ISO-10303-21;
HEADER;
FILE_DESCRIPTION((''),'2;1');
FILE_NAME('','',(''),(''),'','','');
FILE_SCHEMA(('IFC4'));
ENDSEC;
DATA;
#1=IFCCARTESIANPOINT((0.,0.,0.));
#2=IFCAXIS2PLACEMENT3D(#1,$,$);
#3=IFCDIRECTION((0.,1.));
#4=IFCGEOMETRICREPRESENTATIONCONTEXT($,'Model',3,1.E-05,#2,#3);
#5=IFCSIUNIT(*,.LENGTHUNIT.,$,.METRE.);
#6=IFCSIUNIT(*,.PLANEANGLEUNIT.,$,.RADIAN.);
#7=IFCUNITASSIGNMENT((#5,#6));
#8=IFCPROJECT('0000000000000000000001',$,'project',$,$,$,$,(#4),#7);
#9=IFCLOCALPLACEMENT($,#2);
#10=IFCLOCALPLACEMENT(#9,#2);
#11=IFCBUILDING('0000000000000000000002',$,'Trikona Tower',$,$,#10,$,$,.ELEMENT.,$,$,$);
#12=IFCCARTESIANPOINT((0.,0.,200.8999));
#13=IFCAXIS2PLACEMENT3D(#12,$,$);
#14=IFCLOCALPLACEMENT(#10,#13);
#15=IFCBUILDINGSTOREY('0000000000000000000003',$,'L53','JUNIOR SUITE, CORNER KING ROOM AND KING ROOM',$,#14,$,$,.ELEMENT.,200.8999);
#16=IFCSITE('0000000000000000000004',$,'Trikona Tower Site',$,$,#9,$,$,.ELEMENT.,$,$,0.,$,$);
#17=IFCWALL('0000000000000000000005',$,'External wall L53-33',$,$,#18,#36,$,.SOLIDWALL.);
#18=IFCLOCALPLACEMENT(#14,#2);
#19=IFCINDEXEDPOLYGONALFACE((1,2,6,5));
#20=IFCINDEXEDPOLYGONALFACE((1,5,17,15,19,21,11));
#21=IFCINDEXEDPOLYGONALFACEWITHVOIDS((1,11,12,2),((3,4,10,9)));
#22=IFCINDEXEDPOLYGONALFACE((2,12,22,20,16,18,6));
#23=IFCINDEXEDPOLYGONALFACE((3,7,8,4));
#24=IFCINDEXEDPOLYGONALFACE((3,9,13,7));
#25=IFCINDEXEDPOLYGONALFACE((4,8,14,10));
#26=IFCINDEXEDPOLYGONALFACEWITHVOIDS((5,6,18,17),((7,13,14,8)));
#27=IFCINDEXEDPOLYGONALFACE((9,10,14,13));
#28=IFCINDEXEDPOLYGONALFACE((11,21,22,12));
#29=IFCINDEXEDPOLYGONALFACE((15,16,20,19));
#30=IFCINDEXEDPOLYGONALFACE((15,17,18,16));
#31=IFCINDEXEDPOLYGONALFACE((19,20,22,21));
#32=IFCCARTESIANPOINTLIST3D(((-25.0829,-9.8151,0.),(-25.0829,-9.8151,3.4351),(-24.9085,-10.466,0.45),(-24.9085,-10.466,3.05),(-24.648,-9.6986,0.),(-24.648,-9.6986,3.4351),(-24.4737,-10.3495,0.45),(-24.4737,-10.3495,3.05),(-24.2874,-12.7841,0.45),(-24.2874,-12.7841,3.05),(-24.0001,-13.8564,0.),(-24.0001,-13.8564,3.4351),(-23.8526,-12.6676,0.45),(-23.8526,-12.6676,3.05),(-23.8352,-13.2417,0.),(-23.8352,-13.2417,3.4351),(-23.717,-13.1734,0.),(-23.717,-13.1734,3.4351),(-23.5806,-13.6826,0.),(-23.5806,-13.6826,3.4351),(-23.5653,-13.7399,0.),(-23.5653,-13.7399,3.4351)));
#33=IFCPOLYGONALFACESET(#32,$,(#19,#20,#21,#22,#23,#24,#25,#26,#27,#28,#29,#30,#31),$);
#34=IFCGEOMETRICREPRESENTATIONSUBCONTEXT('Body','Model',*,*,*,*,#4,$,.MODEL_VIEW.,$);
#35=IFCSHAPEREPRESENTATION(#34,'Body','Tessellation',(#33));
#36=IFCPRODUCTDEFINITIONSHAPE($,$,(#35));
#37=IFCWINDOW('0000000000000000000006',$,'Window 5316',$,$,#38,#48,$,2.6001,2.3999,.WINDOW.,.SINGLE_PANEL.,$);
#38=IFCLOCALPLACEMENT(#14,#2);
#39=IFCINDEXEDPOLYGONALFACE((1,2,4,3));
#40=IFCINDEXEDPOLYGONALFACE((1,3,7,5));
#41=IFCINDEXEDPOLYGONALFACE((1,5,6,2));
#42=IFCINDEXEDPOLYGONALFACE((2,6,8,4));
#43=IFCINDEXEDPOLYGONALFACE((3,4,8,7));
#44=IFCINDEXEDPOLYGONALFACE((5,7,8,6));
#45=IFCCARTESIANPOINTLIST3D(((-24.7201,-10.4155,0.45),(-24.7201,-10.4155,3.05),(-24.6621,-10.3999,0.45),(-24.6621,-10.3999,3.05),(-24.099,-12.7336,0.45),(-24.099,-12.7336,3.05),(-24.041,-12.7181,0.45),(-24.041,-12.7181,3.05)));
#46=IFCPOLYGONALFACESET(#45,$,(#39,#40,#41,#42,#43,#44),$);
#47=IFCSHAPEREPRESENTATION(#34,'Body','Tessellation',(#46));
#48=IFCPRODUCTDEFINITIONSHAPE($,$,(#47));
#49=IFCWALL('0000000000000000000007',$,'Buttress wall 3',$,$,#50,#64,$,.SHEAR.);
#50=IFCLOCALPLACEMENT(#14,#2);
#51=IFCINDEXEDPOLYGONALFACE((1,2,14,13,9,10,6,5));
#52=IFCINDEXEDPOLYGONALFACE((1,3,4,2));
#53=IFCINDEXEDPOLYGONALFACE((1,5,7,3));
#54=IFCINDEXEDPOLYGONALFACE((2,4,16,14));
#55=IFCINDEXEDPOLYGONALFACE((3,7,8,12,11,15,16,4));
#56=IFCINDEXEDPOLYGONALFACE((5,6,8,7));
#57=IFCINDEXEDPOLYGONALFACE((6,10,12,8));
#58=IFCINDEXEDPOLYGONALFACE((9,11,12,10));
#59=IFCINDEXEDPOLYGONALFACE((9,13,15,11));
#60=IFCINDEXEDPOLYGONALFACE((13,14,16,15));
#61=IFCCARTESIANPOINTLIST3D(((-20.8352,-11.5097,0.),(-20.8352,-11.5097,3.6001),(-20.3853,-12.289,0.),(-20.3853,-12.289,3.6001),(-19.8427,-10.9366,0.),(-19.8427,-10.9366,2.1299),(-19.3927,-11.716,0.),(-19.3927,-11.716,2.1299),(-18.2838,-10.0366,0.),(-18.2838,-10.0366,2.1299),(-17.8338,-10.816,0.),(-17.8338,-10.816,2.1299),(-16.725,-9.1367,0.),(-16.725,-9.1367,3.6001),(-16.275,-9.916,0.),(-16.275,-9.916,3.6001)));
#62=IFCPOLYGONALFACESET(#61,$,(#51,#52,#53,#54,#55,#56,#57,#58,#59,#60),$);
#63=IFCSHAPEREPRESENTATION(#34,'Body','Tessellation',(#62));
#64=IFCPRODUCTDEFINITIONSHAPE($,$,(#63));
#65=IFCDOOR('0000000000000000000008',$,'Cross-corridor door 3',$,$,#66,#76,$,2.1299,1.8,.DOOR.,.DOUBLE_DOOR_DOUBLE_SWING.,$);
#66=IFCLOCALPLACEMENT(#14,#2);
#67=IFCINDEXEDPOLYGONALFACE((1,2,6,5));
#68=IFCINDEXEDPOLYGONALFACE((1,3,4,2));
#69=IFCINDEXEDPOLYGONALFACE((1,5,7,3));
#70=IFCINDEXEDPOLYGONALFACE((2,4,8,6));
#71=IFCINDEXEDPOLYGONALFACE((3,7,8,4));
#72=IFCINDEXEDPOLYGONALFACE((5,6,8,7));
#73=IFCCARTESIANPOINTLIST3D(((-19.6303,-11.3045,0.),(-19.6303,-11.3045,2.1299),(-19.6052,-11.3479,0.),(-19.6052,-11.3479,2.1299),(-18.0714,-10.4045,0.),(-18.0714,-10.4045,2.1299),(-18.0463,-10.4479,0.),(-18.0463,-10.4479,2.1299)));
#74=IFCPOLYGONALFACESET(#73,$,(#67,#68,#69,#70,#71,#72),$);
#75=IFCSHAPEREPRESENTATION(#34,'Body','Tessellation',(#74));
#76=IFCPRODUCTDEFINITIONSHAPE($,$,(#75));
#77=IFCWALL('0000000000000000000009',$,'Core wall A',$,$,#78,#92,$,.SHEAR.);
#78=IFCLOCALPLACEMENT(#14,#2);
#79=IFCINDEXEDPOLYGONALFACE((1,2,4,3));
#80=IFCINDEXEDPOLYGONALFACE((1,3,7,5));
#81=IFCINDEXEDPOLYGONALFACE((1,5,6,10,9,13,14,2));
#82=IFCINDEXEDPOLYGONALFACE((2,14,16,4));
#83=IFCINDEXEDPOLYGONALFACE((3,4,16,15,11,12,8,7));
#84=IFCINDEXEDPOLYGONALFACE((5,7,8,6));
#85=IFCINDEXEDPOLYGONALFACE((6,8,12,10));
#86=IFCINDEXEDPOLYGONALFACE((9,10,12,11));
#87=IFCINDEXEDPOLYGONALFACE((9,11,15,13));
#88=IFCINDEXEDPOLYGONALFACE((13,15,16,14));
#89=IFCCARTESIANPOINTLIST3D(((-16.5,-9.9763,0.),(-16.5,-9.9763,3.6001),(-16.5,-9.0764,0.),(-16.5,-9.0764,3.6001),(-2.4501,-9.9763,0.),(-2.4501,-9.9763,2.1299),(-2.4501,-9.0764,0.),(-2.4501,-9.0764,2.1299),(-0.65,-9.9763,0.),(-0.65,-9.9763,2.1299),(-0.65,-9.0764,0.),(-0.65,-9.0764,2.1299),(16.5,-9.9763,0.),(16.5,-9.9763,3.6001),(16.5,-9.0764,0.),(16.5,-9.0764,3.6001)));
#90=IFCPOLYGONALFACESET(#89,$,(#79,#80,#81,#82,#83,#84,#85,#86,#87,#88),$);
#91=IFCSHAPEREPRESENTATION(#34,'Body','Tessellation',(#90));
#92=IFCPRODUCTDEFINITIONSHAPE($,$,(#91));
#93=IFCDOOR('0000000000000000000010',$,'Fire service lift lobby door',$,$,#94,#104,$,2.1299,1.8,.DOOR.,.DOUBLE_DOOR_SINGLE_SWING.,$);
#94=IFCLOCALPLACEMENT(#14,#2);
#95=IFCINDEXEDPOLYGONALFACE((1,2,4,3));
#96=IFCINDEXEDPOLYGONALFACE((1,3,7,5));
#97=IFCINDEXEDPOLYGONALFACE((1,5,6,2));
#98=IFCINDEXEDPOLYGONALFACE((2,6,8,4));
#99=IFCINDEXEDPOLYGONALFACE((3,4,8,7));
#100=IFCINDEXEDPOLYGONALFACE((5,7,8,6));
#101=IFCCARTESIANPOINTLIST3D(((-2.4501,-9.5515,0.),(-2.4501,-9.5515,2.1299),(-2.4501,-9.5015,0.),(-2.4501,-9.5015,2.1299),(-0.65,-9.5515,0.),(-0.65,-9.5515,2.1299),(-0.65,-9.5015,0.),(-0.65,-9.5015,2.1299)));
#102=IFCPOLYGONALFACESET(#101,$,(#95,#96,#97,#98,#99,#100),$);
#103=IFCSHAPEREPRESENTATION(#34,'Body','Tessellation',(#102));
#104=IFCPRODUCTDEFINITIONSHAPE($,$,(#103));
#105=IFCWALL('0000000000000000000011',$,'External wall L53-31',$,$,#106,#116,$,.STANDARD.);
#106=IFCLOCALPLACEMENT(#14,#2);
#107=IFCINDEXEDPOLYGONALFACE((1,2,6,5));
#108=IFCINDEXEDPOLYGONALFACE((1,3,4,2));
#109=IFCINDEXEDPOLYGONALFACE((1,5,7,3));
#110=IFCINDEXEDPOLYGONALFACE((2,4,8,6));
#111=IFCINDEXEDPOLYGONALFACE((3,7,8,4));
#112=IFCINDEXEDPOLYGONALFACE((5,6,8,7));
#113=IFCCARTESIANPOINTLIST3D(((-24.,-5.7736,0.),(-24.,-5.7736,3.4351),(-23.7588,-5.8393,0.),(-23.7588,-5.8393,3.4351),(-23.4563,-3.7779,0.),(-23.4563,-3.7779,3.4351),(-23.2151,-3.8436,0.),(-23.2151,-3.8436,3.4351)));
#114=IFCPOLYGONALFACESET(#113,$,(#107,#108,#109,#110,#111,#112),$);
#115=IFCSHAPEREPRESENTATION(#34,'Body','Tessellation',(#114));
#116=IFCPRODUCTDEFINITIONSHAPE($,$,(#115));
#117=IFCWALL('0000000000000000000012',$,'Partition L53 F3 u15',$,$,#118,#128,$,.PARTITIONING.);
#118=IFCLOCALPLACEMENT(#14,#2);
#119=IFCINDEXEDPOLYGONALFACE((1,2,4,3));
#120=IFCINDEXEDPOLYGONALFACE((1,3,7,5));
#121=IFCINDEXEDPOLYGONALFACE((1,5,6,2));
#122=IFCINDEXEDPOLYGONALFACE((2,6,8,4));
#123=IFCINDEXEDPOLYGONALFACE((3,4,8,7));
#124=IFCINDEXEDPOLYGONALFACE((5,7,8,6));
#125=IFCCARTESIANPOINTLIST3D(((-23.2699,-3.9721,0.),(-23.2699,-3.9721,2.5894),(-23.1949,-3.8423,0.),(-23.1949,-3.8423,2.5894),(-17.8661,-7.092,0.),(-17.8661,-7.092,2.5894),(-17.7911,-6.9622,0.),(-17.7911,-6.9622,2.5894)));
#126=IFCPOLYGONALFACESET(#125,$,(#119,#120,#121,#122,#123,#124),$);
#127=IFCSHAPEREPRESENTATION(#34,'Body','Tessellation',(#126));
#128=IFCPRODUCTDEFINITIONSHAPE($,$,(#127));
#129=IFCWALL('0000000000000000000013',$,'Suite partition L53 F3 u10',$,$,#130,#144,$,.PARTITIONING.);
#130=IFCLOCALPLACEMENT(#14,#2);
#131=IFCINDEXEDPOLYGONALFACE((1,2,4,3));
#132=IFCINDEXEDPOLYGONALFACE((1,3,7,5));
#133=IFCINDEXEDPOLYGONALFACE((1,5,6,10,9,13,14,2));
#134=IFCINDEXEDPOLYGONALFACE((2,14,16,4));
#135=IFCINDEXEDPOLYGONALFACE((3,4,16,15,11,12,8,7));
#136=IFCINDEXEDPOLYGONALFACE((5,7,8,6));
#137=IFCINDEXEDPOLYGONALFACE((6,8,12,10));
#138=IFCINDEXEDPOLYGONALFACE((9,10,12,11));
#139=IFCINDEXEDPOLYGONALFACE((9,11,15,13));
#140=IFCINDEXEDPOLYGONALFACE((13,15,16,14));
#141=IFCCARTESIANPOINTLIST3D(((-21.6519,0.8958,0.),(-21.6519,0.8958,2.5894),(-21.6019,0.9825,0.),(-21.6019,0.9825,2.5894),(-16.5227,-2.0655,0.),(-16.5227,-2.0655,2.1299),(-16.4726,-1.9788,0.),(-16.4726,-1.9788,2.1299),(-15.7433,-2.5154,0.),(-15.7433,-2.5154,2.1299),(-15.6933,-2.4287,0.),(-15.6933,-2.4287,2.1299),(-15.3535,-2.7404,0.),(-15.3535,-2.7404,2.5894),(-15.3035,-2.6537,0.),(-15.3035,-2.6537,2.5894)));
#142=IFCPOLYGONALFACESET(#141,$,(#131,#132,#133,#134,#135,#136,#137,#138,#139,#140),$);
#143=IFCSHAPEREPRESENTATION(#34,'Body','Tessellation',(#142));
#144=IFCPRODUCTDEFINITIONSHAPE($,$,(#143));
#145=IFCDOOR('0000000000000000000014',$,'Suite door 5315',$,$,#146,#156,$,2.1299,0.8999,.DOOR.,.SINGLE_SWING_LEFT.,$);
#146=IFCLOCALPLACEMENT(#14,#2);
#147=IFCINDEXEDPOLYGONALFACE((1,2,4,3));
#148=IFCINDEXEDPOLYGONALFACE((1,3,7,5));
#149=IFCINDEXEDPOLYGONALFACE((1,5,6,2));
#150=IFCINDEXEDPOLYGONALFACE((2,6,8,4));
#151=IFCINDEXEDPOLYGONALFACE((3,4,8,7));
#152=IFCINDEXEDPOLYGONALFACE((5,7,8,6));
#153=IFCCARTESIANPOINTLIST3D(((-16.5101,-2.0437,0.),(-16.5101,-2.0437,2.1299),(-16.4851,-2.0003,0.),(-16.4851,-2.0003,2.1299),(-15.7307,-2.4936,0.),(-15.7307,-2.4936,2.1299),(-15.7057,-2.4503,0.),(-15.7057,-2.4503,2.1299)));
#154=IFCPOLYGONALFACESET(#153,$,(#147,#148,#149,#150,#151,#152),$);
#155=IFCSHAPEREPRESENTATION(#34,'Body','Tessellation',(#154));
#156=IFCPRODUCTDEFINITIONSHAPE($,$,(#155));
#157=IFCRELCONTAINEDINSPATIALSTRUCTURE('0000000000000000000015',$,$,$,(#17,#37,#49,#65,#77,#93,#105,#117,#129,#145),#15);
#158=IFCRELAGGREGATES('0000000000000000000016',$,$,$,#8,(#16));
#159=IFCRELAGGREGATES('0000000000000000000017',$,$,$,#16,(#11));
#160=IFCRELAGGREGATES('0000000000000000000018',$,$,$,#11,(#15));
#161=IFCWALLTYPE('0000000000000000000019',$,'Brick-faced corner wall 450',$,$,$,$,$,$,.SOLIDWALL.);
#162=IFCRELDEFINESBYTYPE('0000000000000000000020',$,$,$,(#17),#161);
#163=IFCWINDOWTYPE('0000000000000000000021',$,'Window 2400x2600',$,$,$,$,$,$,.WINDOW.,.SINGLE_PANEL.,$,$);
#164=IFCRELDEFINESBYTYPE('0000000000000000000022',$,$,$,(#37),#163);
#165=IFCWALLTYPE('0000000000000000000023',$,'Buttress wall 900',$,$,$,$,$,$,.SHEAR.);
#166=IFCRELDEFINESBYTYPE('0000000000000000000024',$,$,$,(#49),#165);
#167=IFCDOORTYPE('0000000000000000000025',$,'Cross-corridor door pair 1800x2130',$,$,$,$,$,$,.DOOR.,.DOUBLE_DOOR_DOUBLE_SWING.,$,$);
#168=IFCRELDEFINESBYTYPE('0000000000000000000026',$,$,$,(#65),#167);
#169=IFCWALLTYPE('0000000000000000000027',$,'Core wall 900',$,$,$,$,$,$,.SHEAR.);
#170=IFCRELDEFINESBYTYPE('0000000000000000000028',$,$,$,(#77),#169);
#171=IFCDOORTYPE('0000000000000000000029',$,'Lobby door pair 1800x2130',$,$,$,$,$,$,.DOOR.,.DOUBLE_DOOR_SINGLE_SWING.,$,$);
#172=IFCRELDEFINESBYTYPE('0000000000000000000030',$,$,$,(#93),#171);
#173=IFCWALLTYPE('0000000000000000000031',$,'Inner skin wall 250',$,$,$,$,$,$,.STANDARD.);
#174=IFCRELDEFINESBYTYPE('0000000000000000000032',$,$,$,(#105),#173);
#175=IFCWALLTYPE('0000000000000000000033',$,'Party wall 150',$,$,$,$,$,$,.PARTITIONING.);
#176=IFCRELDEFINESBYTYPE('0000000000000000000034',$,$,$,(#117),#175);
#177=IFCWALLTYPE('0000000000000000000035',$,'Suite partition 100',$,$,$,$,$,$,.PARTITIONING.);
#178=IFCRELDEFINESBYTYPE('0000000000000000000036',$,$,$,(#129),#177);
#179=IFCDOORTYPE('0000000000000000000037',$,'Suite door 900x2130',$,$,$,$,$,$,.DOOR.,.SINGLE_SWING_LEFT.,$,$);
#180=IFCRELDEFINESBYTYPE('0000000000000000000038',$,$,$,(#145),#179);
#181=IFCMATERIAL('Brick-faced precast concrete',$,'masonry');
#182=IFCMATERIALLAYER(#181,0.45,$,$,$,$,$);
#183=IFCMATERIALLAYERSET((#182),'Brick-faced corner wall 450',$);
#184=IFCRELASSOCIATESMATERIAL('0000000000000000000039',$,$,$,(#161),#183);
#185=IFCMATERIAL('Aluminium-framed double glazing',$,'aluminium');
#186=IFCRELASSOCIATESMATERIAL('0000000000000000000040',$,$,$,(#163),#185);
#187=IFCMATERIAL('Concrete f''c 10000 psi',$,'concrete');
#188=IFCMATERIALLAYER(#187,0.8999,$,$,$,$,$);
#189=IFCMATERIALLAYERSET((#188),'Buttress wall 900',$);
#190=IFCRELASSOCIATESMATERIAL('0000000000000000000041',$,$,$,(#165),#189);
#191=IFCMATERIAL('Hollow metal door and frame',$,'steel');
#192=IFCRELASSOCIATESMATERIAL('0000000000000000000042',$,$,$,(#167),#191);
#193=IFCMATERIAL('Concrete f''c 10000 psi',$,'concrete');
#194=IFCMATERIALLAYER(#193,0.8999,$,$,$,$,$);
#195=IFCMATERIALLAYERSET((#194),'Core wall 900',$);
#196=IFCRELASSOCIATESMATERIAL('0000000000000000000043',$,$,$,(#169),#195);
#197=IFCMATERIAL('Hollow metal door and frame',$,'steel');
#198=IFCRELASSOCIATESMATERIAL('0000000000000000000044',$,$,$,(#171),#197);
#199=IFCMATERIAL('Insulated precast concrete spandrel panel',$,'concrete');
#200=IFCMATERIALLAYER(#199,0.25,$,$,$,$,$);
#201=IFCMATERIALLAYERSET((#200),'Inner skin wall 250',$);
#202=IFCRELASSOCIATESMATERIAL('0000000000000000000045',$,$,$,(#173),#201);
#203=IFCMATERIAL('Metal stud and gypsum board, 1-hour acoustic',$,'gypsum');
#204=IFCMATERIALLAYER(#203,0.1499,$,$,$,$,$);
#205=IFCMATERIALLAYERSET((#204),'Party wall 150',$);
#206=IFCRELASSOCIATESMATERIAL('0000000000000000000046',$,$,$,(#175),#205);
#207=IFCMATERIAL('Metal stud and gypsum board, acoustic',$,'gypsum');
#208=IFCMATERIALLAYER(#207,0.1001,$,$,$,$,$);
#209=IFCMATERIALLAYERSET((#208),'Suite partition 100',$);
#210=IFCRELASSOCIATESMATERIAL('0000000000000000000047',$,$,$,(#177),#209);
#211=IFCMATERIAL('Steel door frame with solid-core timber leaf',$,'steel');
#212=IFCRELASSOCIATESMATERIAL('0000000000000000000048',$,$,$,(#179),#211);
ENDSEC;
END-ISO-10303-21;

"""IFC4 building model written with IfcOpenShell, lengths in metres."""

from ifc_helpers import new_model, si_unit, direction, frame, frame_2d, origin, place, context, subcontext, project, spatial, polyline, rectangle, outline, extrude, material, layer, layer_set, type_object, element, fill, save


model = new_model("IFC4")

# Units and contexts
model_context = context("Model", 3, precision=1e-05, world=origin(), true_north=direction((0.0, 1.0)))
body_context = subcontext(model_context, "Body", "Model", "MODEL_VIEW")
ifc_project = project(units=[si_unit("LENGTHUNIT", "METRE"), si_unit("PLANEANGLEUNIT", "RADIAN")], contexts=[model_context])

# Site, building, storey
site_placement = place(None, origin())
site = spatial("IfcSite", under=ifc_project, at=site_placement, Name="Trikona Tower Site", CompositionType="ELEMENT", RefElevation=0.0)
building_placement = place(site_placement, origin())
building = spatial("IfcBuilding", under=site, at=building_placement, Name="Trikona Tower", CompositionType="ELEMENT")
storey_placement = place(building_placement, frame((0.0, 0.0, 200.8999)))
storey = spatial("IfcBuildingStorey", under=building, at=storey_placement, Name="L53", Description="JUNIOR SUITE, CORNER KING ROOM AND KING ROOM", CompositionType="ELEMENT", Elevation=200.8999)

# Wall, opening, window
ifc_material_1 = material(Name="Brick-faced precast concrete", Category="masonry")
ifc_layer_1 = layer(ifc_material_1, 0.45)
ifc_layer_set_1 = layer_set([ifc_layer_1], Name="Brick-faced corner wall 450")
wall_type_1 = type_object("IfcWallType", Name="Brick-faced corner wall 450", PredefinedType="SOLIDWALL", material=ifc_layer_set_1)
wall_1_placement = place(storey_placement, frame((-24.8655, -9.7568, 0.0), z_axis=(0.0, 0.0, 1.0), x_axis=(0.258799, -0.965931, 0.0)))
wall_1 = element("IfcWall", 1, at=wall_1_placement, inside=storey, type_object=wall_type_1, Name="External wall L53-33", PredefinedType="SOLIDWALL", context=body_context, shape_type="SweptSolid", body=[
    extrude(outline(polyline([(4.1838, 0.2251), (4.1245, 0.2251), (3.6328, 0.0933), (3.5974, 0.2251), (0.0, 0.2251), (0.0, -0.2251), (4.1838, -0.2251), (4.1838, 0.2251)])), origin(), (0.0, 0.0, 1.0), 3.4351),
])
opening_1_placement = place(wall_1_placement, frame((0.6738, 0.0, 0.45)))
opening_1 = element("IfcOpeningElement", 2, at=opening_1_placement, cuts=wall_1, PredefinedType="OPENING", context=body_context, shape_type="SweptSolid", body=[
    extrude(rectangle(XDim=2.3999, YDim=2.6001, at=frame_2d((1.2, 1.3))), frame((0.0, 0.2349, 0.0), z_axis=(0.0, -1.0, 0.0), x_axis=(1.0, 0.0, 0.0)), (0.0, 0.0, 1.0), 0.47),
])
ifc_material_2 = material(Name="Aluminium-framed double glazing", Category="aluminium")
window_type_1 = type_object("IfcWindowType", Name="Window 2400x2600", PartitioningType="SINGLE_PANEL", PredefinedType="WINDOW", material=ifc_material_2)
window_1_placement = place(opening_1_placement, origin())
window_1 = element("IfcWindow", 3, at=window_1_placement, inside=storey, type_object=window_type_1, Name="Window 5316", OverallHeight=2.6001, OverallWidth=2.3999, PartitioningType="SINGLE_PANEL", PredefinedType="WINDOW", context=body_context, shape_type="SweptSolid", body=[
    extrude(rectangle(XDim=2.3999, YDim=2.6001, at=frame_2d((1.2, 1.3))), frame((0.0, 0.03, 0.0), z_axis=(0.0, -1.0, 0.0), x_axis=(1.0, 0.0, 0.0)), (0.0, 0.0, 1.0), 0.0601),
])
fill(opening_1, window_1)

# Walls, openings, doors
ifc_material_3 = material(Name="Concrete f'c 10000 psi", Category="concrete")
ifc_layer_2 = layer(ifc_material_3, 0.8999)
ifc_layer_set_2 = layer_set([ifc_layer_2], Name="Buttress wall 900")
wall_type_2 = type_object("IfcWallType", Name="Buttress wall 900", PredefinedType="SHEAR", material=ifc_layer_set_2)
wall_2_placement = place(storey_placement, frame((-16.5, -9.5264, 0.0), z_axis=(0.0, 0.0, 1.0), x_axis=(-0.866031, -0.49999, 0.0)))
wall_2 = element("IfcWall", 4, at=wall_2_placement, inside=storey, type_object=wall_type_2, Name="Buttress wall 3", PredefinedType="SHEAR", context=body_context, shape_type="SweptSolid", body=[
    extrude(rectangle(XDim=4.7461, YDim=0.8999, at=frame_2d((2.373, 0.0))), origin(), (0.0, 0.0, 1.0), 3.6001),
])
opening_2_placement = place(wall_2_placement, frame((1.8, 0.0, 0.0)))
opening_2 = element("IfcOpeningElement", 5, at=opening_2_placement, cuts=wall_2, PredefinedType="OPENING", context=body_context, shape_type="SweptSolid", body=[
    extrude(rectangle(XDim=1.8, YDim=2.1299, at=frame_2d((0.8999, 1.0649))), frame((0.0, 0.46, 0.0), z_axis=(0.0, -1.0, 0.0), x_axis=(1.0, 0.0, 0.0)), (0.0, 0.0, 1.0), 0.9199),
])
ifc_material_4 = material(Name="Hollow metal door and frame", Category="steel")
door_type_1 = type_object("IfcDoorType", Name="Cross-corridor door pair 1800x2130", OperationType="DOUBLE_DOOR_DOUBLE_SWING", PredefinedType="DOOR", material=ifc_material_4)
door_1_placement = place(opening_2_placement, origin())
door_1 = element("IfcDoor", 6, at=door_1_placement, inside=storey, type_object=door_type_1, Name="Cross-corridor door 3", OperationType="DOUBLE_DOOR_DOUBLE_SWING", OverallHeight=2.1299, OverallWidth=1.8, PredefinedType="DOOR", context=body_context, shape_type="SweptSolid", body=[
    extrude(rectangle(XDim=1.8, YDim=2.1299, at=frame_2d((0.8999, 1.0649))), frame((0.0, 0.0249, 0.0), z_axis=(0.0, -1.0, 0.0), x_axis=(1.0, 0.0, 0.0)), (0.0, 0.0, 1.0), 0.05),
])
fill(opening_2, door_1)
ifc_material_5 = material(Name="Concrete f'c 10000 psi", Category="concrete")
ifc_layer_3 = layer(ifc_material_5, 0.8999)
ifc_layer_set_3 = layer_set([ifc_layer_3], Name="Core wall 900")
wall_type_3 = type_object("IfcWallType", Name="Core wall 900", PredefinedType="SHEAR", material=ifc_layer_set_3)
wall_3_placement = place(storey_placement, frame((-16.5, -9.5264, 0.0), z_axis=(0.0, 0.0, 1.0), x_axis=(1.0, 0.0, 0.0)))
wall_3 = element("IfcWall", 7, at=wall_3_placement, inside=storey, type_object=wall_type_3, Name="Core wall A", PredefinedType="SHEAR", context=body_context, shape_type="SweptSolid", body=[
    extrude(rectangle(XDim=33.0, YDim=0.8999, at=frame_2d((16.5, 0.0))), origin(), (0.0, 0.0, 1.0), 3.6001),
])
opening_3_placement = place(wall_3_placement, frame((14.05, 0.0, 0.0)))
opening_3 = element("IfcOpeningElement", 8, at=opening_3_placement, cuts=wall_3, PredefinedType="OPENING", context=body_context, shape_type="SweptSolid", body=[
    extrude(rectangle(XDim=1.8, YDim=2.1299, at=frame_2d((0.8999, 1.0649))), frame((0.0, 0.46, 0.0), z_axis=(0.0, -1.0, 0.0), x_axis=(1.0, 0.0, 0.0)), (0.0, 0.0, 1.0), 0.9199),
])
ifc_material_6 = material(Name="Hollow metal door and frame", Category="steel")
door_type_2 = type_object("IfcDoorType", Name="Lobby door pair 1800x2130", OperationType="DOUBLE_DOOR_SINGLE_SWING", PredefinedType="DOOR", material=ifc_material_6)
door_2_placement = place(opening_3_placement, origin())
door_2 = element("IfcDoor", 9, at=door_2_placement, inside=storey, type_object=door_type_2, Name="Fire service lift lobby door", OperationType="DOUBLE_DOOR_SINGLE_SWING", OverallHeight=2.1299, OverallWidth=1.8, PredefinedType="DOOR", context=body_context, shape_type="SweptSolid", body=[
    extrude(rectangle(XDim=1.8, YDim=2.1299, at=frame_2d((0.8999, 1.0649))), frame((0.0, 0.0249, 0.0), z_axis=(0.0, -1.0, 0.0), x_axis=(1.0, 0.0, 0.0)), (0.0, 0.0, 1.0), 0.05),
])
fill(opening_3, door_2)

# Walls
ifc_material_7 = material(Name="Insulated precast concrete spandrel panel", Category="concrete")
ifc_layer_4 = layer(ifc_material_7, 0.25)
ifc_layer_set_4 = layer_set([ifc_layer_4], Name="Inner skin wall 250")
wall_type_4 = type_object("IfcWallType", Name="Inner skin wall 250", PredefinedType="STANDARD", material=ifc_layer_set_4)
wall_4_placement = place(storey_placement, frame((-23.3357, -3.8108, 0.0), z_axis=(0.0, 0.0, 1.0), x_axis=(-0.262868, -0.964832, 0.0)))
element("IfcWall", 10, at=wall_4_placement, inside=storey, type_object=wall_type_4, Name="External wall L53-31", PredefinedType="STANDARD", context=body_context, shape_type="SweptSolid", body=[
    extrude(rectangle(XDim=2.0684, YDim=0.25, at=frame_2d((1.0342, 0.0))), origin(), (0.0, 0.0, 1.0), 3.4351),
])
ifc_material_8 = material(Name="Metal stud and gypsum board, 1-hour acoustic", Category="gypsum")
ifc_layer_5 = layer(ifc_material_8, 0.1499)
ifc_layer_set_5 = layer_set([ifc_layer_5], Name="Party wall 150")
wall_type_5 = type_object("IfcWallType", Name="Party wall 150", PredefinedType="PARTITIONING", material=ifc_layer_set_5)
wall_5_placement = place(storey_placement, frame((-17.8286, -7.0271, 0.0), z_axis=(0.0, 0.0, 1.0), x_axis=(-0.866027, 0.499998, 0.0)))
element("IfcWall", 11, at=wall_5_placement, inside=storey, type_object=wall_type_5, Name="Partition L53 F3 u15", PredefinedType="PARTITIONING", context=body_context, shape_type="SweptSolid", body=[
    extrude(rectangle(XDim=6.2397, YDim=0.1499, at=frame_2d((3.1199, 0.0))), origin(), (0.0, 0.0, 1.0), 2.5894),
])

# Wall, opening, door
ifc_material_9 = material(Name="Metal stud and gypsum board, acoustic", Category="gypsum")
ifc_layer_6 = layer(ifc_material_9, 0.1001)
ifc_layer_set_6 = layer_set([ifc_layer_6], Name="Suite partition 100")
wall_type_6 = type_object("IfcWallType", Name="Suite partition 100", PredefinedType="PARTITIONING", material=ifc_layer_set_6)
wall_6_placement = place(storey_placement, frame((-15.3286, -2.697, 0.0), z_axis=(0.0, 0.0, 1.0), x_axis=(-0.866032, 0.499988, 0.0)))
wall_6 = element("IfcWall", 12, at=wall_6_placement, inside=storey, type_object=wall_type_6, Name="Suite partition L53 F3 u10", PredefinedType="PARTITIONING", context=body_context, shape_type="SweptSolid", body=[
    extrude(rectangle(XDim=7.2727, YDim=0.1001, at=frame_2d((3.6362, 0.0))), origin(), (0.0, 0.0, 1.0), 2.5894),
])
opening_4_placement = place(wall_6_placement, frame((0.45, 0.0, 0.0)))
opening_4 = element("IfcOpeningElement", 13, at=opening_4_placement, cuts=wall_6, PredefinedType="OPENING", context=body_context, shape_type="SweptSolid", body=[
    extrude(rectangle(XDim=0.8999, YDim=2.1299, at=frame_2d((0.45, 1.0649))), frame((0.0, 0.0601, 0.0), z_axis=(0.0, -1.0, 0.0), x_axis=(1.0, 0.0, 0.0)), (0.0, 0.0, 1.0), 0.1201),
])
ifc_material_10 = material(Name="Steel door frame with solid-core timber leaf", Category="steel")
door_type_3 = type_object("IfcDoorType", Name="Suite door 900x2130", OperationType="SINGLE_SWING_LEFT", PredefinedType="DOOR", material=ifc_material_10)
door_3_placement = place(opening_4_placement, origin())
door_3 = element("IfcDoor", 14, at=door_3_placement, inside=storey, type_object=door_type_3, Name="Suite door 5315", OperationType="SINGLE_SWING_LEFT", OverallHeight=2.1299, OverallWidth=0.8999, PredefinedType="DOOR", context=body_context, shape_type="SweptSolid", body=[
    extrude(rectangle(XDim=0.8999, YDim=2.1299, at=frame_2d((0.45, 1.0649))), frame((0.0, 0.0249, 0.0), z_axis=(0.0, -1.0, 0.0), x_axis=(1.0, 0.0, 0.0)), (0.0, 0.0, 1.0), 0.05),
])
fill(opening_4, door_3)

save(model, "model.ifc")
